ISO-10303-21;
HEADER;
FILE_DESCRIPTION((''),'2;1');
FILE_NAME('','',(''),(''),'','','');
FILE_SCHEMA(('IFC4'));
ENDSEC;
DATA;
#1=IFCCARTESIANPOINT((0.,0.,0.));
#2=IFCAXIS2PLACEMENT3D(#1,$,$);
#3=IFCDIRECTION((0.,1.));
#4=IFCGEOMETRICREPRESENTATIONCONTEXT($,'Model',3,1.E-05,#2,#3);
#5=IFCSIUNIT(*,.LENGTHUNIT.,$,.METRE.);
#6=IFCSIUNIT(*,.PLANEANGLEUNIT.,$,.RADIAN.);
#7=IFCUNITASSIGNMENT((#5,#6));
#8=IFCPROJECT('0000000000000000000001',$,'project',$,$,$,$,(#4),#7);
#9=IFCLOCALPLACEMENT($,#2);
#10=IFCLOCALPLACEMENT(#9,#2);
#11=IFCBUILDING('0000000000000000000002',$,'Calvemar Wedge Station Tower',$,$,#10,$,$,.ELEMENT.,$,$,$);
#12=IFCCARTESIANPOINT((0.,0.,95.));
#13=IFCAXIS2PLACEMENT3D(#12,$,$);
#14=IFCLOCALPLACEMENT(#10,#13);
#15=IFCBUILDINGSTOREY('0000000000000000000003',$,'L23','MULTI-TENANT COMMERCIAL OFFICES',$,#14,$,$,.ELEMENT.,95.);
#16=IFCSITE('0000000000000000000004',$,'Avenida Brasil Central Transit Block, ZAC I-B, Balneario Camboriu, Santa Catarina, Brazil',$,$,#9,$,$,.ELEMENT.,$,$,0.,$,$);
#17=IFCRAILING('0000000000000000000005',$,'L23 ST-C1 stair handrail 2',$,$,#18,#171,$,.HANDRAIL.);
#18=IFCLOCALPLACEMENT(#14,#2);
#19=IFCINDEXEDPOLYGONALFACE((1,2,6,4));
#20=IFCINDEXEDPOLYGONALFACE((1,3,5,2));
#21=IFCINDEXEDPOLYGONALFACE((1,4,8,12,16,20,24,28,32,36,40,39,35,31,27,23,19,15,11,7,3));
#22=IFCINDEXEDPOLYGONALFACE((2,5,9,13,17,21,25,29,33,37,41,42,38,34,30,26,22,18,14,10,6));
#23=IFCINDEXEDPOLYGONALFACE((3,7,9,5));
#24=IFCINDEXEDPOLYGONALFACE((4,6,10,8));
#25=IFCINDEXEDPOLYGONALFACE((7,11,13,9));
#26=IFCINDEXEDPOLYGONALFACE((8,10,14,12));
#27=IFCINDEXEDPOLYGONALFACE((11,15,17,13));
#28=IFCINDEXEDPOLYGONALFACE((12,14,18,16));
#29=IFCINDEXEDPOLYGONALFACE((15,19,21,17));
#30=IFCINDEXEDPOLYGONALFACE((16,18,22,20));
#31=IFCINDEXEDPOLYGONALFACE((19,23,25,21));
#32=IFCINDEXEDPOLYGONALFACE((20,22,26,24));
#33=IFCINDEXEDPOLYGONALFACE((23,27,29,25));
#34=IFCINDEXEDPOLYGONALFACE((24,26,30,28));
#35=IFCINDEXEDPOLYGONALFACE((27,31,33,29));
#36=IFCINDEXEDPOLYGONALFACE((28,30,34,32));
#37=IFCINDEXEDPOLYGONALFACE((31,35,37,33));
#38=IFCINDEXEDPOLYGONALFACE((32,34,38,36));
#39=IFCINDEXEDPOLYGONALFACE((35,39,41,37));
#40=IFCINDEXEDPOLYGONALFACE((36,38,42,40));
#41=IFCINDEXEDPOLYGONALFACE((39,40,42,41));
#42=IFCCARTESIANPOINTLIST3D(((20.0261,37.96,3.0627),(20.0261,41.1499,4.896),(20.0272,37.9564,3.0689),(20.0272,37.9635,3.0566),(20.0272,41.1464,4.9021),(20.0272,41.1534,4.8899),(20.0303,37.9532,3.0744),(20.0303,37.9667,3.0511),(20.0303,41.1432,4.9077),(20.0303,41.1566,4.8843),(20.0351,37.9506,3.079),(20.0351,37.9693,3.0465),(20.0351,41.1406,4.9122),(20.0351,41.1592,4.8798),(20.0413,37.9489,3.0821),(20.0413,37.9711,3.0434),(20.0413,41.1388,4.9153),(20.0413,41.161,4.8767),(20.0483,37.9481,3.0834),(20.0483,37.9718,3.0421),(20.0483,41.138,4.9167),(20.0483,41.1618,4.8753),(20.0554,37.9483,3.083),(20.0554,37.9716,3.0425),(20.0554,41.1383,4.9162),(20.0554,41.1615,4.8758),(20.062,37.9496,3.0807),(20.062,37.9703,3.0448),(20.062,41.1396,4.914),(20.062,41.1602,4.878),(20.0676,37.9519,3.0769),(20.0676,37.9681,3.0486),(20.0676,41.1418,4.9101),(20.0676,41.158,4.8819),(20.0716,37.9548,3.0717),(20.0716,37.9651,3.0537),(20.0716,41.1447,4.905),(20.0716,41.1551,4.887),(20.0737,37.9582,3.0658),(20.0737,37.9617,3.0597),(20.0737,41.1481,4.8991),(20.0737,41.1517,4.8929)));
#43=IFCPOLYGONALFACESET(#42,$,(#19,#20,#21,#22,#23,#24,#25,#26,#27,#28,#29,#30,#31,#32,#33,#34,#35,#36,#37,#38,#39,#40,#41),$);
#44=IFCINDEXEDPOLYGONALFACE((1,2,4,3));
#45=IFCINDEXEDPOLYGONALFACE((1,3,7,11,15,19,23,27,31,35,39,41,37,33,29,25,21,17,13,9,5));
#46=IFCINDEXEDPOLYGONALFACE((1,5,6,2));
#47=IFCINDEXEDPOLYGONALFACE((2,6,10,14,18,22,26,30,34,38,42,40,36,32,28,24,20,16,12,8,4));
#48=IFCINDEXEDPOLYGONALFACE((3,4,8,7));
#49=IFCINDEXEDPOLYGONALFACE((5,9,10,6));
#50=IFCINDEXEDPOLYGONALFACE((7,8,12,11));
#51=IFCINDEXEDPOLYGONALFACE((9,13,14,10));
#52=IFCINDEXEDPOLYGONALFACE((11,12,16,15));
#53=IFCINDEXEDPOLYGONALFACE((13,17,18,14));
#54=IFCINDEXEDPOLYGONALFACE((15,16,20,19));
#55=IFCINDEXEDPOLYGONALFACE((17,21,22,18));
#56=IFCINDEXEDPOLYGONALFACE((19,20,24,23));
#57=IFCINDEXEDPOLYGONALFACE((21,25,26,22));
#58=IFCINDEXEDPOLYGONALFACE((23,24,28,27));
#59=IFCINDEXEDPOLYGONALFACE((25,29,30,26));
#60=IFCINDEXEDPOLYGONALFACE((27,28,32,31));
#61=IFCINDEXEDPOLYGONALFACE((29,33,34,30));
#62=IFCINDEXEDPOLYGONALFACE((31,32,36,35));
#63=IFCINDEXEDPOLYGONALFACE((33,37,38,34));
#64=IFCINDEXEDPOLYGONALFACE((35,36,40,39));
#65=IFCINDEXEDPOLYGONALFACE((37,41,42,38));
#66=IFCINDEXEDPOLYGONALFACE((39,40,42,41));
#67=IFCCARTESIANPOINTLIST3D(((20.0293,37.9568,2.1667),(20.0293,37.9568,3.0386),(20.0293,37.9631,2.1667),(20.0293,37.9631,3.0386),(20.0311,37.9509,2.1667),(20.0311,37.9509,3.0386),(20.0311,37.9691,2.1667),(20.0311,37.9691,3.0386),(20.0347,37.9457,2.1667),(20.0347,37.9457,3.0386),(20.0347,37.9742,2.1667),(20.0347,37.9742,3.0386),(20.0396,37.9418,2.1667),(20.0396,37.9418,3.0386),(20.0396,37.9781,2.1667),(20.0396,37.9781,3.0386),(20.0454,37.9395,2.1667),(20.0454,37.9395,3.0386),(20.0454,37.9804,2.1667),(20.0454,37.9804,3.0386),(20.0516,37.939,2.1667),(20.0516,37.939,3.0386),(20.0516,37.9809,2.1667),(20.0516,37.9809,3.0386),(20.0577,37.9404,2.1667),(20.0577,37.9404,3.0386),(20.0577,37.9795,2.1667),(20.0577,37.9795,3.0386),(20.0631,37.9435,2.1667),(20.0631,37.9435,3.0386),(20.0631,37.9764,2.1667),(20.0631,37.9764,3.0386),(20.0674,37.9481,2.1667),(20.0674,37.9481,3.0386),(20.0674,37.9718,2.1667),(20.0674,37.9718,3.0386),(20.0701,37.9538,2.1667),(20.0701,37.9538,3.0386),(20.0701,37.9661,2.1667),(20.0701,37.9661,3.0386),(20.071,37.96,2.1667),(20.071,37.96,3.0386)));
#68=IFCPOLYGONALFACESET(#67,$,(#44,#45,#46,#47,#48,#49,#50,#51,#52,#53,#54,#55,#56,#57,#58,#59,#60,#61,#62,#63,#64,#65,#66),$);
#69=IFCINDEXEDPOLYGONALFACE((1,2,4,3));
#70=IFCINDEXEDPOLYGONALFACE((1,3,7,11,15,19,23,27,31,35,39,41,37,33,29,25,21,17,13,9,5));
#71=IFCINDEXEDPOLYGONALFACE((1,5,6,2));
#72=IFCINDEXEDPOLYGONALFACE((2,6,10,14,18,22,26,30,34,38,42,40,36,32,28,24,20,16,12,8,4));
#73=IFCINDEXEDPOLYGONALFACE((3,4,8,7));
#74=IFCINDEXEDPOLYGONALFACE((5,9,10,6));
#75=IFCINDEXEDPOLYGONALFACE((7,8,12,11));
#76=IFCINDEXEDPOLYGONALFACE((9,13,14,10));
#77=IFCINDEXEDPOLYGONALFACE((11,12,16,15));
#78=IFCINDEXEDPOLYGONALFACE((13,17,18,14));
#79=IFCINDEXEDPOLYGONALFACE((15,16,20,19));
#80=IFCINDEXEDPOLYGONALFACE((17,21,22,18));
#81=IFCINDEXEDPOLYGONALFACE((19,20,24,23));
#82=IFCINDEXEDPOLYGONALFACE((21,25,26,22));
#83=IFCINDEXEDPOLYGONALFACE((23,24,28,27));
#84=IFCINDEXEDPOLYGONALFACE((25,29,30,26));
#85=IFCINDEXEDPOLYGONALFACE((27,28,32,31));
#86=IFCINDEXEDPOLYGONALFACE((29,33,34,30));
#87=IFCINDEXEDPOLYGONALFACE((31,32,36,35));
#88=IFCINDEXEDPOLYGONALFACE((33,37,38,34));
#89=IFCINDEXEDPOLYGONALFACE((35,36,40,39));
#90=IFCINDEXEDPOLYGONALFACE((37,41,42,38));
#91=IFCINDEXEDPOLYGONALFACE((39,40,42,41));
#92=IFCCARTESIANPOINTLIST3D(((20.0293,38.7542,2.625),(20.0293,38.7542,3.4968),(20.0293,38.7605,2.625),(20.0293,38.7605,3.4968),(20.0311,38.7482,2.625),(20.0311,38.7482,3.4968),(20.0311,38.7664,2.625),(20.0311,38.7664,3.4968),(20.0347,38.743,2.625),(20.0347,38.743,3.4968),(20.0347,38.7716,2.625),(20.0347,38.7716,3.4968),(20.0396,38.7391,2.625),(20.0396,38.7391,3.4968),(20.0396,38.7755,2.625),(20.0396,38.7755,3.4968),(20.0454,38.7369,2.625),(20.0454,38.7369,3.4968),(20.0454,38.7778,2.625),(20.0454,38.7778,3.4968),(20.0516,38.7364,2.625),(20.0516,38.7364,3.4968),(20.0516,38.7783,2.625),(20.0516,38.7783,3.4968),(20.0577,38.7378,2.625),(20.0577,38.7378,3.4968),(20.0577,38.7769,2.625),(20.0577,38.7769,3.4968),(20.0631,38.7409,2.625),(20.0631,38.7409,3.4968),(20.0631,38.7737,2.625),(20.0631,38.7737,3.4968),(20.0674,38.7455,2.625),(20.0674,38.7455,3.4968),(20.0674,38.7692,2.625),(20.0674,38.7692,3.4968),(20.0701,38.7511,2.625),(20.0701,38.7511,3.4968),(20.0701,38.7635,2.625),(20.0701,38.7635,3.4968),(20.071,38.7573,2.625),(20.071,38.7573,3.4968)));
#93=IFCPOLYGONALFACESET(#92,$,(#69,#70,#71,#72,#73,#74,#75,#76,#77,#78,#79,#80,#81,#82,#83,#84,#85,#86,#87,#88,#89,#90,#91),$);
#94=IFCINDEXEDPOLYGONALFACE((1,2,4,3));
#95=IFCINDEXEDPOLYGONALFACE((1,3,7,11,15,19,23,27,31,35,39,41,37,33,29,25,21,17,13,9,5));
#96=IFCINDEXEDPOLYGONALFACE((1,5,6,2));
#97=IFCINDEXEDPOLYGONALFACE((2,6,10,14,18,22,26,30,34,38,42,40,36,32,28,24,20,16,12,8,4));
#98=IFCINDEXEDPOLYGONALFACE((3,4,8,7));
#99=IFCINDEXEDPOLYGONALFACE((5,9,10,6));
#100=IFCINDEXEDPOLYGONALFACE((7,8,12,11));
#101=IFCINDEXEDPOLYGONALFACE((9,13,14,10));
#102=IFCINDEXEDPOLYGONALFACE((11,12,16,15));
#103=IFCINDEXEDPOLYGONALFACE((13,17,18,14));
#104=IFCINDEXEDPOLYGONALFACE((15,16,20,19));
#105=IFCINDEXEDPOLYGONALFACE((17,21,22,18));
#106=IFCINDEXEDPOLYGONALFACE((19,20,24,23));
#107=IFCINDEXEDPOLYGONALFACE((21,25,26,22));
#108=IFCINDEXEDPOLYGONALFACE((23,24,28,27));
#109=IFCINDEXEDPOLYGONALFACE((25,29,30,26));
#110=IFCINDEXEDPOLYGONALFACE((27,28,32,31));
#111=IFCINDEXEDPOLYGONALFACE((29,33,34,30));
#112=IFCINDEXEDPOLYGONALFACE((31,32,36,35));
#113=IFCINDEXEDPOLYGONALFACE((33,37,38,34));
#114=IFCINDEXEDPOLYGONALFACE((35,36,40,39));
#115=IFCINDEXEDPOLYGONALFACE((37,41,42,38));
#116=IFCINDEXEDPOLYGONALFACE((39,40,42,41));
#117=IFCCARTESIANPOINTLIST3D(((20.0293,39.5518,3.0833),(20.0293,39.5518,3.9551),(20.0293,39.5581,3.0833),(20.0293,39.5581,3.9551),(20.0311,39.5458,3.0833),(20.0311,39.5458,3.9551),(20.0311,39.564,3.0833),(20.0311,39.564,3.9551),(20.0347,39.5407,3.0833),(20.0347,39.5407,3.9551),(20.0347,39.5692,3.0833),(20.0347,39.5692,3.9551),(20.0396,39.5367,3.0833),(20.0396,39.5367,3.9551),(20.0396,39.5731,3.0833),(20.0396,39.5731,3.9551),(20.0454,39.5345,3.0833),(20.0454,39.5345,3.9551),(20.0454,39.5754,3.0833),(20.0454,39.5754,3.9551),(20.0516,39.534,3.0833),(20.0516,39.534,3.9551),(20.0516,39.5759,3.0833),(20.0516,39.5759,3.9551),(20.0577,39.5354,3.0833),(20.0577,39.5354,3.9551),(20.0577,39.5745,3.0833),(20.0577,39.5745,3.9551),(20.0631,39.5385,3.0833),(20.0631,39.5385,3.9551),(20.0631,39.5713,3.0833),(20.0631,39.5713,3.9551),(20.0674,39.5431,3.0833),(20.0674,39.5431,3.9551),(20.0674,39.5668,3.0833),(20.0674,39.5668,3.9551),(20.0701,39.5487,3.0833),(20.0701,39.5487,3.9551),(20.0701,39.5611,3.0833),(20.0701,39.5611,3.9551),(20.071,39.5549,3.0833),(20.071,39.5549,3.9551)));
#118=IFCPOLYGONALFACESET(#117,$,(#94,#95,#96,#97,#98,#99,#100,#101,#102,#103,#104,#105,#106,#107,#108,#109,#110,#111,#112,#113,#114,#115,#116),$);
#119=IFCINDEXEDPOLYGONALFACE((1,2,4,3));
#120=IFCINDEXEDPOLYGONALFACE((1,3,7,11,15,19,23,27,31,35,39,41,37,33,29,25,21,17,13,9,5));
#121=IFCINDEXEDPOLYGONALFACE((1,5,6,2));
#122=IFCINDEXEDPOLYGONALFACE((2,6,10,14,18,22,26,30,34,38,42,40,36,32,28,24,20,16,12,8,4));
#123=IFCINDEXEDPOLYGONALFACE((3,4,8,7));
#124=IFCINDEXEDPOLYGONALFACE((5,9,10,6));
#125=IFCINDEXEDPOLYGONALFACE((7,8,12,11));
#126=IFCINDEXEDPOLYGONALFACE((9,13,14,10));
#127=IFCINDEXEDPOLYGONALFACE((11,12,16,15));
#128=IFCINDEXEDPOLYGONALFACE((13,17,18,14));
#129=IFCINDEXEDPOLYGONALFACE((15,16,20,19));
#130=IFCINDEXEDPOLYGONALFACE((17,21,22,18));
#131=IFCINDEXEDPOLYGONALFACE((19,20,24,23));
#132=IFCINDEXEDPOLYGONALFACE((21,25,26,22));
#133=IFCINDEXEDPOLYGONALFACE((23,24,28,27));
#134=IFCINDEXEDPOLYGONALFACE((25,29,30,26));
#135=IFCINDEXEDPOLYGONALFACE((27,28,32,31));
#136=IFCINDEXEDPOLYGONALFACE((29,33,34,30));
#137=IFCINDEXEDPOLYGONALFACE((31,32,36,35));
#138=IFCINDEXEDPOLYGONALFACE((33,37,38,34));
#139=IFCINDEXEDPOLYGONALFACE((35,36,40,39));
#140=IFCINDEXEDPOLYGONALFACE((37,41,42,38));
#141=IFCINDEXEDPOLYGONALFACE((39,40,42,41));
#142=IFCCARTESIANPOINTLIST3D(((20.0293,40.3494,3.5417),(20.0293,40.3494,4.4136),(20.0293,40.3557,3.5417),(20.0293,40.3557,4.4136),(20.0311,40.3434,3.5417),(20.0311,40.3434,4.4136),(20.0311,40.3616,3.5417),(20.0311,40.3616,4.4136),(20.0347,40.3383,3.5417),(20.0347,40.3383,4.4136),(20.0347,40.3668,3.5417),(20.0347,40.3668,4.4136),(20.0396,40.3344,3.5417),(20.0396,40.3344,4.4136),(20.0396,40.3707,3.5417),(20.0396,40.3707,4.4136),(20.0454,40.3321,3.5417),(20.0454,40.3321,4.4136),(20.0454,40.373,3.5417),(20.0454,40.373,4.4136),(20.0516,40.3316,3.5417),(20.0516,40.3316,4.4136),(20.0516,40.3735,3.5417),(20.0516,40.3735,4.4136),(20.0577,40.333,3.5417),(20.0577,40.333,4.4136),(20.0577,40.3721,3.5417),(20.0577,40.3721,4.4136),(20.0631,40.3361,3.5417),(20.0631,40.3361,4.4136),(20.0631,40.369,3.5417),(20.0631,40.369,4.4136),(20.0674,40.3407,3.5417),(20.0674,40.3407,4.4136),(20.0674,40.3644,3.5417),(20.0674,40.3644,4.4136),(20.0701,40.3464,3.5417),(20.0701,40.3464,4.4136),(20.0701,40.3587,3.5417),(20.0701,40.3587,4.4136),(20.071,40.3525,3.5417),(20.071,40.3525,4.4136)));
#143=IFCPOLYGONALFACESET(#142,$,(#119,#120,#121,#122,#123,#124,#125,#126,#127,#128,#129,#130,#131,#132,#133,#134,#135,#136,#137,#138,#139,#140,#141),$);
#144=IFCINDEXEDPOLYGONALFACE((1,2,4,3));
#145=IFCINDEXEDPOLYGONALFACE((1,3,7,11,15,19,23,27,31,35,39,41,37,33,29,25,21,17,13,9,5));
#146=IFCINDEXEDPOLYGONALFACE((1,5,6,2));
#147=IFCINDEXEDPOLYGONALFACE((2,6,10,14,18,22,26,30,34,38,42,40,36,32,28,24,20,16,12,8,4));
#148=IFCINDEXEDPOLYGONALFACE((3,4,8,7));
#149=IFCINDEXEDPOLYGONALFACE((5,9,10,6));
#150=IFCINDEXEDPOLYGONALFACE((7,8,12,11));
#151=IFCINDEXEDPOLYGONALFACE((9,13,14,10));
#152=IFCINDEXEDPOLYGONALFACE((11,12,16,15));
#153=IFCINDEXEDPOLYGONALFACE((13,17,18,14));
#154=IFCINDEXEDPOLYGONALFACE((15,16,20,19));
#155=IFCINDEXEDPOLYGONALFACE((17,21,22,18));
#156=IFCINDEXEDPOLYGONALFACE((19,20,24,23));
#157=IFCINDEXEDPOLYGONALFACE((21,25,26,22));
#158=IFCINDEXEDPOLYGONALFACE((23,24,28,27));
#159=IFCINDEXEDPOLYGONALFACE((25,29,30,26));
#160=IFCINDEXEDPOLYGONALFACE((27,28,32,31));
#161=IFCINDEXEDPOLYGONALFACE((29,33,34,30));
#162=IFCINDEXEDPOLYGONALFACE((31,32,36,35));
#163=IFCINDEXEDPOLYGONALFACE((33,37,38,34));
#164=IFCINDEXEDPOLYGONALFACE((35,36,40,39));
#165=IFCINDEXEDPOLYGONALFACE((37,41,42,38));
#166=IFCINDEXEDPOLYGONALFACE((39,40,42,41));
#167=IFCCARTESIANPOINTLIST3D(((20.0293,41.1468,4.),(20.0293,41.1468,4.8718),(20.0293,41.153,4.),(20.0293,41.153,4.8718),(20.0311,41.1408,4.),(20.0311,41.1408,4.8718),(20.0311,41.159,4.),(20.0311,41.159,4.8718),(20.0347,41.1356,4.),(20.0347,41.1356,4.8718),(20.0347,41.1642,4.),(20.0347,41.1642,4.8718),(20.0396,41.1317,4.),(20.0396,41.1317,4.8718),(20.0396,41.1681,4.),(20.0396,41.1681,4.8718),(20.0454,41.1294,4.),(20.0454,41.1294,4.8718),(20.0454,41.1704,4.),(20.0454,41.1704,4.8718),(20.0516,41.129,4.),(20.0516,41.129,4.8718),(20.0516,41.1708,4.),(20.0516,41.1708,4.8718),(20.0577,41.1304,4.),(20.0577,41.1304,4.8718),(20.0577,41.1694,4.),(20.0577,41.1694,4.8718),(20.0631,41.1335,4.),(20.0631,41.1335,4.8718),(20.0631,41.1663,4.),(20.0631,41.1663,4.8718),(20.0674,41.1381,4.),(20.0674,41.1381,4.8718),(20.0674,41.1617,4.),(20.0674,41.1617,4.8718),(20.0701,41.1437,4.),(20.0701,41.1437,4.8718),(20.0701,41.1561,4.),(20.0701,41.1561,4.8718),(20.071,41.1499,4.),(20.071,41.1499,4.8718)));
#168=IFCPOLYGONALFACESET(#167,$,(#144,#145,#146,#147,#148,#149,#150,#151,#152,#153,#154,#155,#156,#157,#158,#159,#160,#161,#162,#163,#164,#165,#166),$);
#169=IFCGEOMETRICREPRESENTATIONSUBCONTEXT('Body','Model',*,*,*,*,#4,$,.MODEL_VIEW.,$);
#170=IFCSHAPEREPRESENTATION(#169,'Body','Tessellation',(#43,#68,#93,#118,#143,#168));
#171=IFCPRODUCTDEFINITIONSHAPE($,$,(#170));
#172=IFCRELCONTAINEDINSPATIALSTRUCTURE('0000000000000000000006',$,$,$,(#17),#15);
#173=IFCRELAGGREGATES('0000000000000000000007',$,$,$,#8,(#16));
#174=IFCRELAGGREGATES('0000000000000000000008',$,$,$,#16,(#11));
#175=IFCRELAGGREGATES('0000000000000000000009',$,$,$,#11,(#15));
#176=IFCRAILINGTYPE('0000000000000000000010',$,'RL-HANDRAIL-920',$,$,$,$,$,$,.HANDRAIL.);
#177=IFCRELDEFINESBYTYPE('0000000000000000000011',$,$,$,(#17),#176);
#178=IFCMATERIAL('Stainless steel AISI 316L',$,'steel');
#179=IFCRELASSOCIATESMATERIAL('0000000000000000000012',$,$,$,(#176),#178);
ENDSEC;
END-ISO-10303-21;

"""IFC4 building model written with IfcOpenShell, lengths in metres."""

from ifc_helpers import new_model, si_unit, direction, frame, origin, origin_2d, place, context, subcontext, project, spatial, circle, extrude, material, type_object, element, save


model = new_model("IFC4")

# Units and contexts
model_context = context("Model", 3, precision=1e-05, world=origin(), true_north=direction((0.0, 1.0)))
body_context = subcontext(model_context, "Body", "Model", "MODEL_VIEW")
ifc_project = project(units=[si_unit("LENGTHUNIT", "METRE"), si_unit("PLANEANGLEUNIT", "RADIAN")], contexts=[model_context])

# Site, building, storey
site_placement = place(None, origin())
site = spatial("IfcSite", under=ifc_project, at=site_placement, Name="Avenida Brasil Central Transit Block, ZAC I-B, Balneario Camboriu, Santa Catarina, Brazil", CompositionType="ELEMENT", RefElevation=0.0)
building_placement = place(site_placement, origin())
building = spatial("IfcBuilding", under=site, at=building_placement, Name="Calvemar Wedge Station Tower", CompositionType="ELEMENT")
storey_placement = place(building_placement, frame((0.0, 0.0, 95.0)))
storey = spatial("IfcBuildingStorey", under=building, at=storey_placement, Name="L23", Description="MULTI-TENANT COMMERCIAL OFFICES", CompositionType="ELEMENT", Elevation=95.0)

# Railing
ifc_material_1 = material(Name="Stainless steel AISI 316L", Category="steel")
railing_type_1 = type_object("IfcRailingType", Name="RL-HANDRAIL-920", PredefinedType="HANDRAIL", material=ifc_material_1)
railing_1_placement = place(storey_placement, frame((20.05, 37.96, 2.1667)))
element("IfcRailing", 1, at=railing_1_placement, inside=storey, type_object=railing_type_1, Name="L23 ST-C1 stair handrail 2", PredefinedType="HANDRAIL", context=body_context, shape_type="SweptSolid", body=[
    extrude(circle(Radius=0.0239, at=origin_2d()), frame((0.0, 0.0, 0.896), z_axis=(0.0, 0.86702, 0.498274), x_axis=(-1.0, 0.0, 0.0)), (0.0, 0.0, 1.0), 3.6792),
    extrude(circle(Radius=0.021, at=origin_2d()), origin(), (0.0, 0.0, 1.0), 0.8718),
    extrude(circle(Radius=0.021, at=origin_2d()), frame((0.0, 0.7974, 0.4583)), (0.0, 0.0, 1.0), 0.8718),
    extrude(circle(Radius=0.021, at=origin_2d()), frame((0.0, 1.595, 0.9165)), (0.0, 0.0, 1.0), 0.8718),
    extrude(circle(Radius=0.021, at=origin_2d()), frame((0.0, 2.3926, 1.375)), (0.0, 0.0, 1.0), 0.8718),
    extrude(circle(Radius=0.021, at=origin_2d()), frame((0.0, 3.1899, 1.8333)), (0.0, 0.0, 1.0), 0.8718),
])

save(model, "model.ifc")
